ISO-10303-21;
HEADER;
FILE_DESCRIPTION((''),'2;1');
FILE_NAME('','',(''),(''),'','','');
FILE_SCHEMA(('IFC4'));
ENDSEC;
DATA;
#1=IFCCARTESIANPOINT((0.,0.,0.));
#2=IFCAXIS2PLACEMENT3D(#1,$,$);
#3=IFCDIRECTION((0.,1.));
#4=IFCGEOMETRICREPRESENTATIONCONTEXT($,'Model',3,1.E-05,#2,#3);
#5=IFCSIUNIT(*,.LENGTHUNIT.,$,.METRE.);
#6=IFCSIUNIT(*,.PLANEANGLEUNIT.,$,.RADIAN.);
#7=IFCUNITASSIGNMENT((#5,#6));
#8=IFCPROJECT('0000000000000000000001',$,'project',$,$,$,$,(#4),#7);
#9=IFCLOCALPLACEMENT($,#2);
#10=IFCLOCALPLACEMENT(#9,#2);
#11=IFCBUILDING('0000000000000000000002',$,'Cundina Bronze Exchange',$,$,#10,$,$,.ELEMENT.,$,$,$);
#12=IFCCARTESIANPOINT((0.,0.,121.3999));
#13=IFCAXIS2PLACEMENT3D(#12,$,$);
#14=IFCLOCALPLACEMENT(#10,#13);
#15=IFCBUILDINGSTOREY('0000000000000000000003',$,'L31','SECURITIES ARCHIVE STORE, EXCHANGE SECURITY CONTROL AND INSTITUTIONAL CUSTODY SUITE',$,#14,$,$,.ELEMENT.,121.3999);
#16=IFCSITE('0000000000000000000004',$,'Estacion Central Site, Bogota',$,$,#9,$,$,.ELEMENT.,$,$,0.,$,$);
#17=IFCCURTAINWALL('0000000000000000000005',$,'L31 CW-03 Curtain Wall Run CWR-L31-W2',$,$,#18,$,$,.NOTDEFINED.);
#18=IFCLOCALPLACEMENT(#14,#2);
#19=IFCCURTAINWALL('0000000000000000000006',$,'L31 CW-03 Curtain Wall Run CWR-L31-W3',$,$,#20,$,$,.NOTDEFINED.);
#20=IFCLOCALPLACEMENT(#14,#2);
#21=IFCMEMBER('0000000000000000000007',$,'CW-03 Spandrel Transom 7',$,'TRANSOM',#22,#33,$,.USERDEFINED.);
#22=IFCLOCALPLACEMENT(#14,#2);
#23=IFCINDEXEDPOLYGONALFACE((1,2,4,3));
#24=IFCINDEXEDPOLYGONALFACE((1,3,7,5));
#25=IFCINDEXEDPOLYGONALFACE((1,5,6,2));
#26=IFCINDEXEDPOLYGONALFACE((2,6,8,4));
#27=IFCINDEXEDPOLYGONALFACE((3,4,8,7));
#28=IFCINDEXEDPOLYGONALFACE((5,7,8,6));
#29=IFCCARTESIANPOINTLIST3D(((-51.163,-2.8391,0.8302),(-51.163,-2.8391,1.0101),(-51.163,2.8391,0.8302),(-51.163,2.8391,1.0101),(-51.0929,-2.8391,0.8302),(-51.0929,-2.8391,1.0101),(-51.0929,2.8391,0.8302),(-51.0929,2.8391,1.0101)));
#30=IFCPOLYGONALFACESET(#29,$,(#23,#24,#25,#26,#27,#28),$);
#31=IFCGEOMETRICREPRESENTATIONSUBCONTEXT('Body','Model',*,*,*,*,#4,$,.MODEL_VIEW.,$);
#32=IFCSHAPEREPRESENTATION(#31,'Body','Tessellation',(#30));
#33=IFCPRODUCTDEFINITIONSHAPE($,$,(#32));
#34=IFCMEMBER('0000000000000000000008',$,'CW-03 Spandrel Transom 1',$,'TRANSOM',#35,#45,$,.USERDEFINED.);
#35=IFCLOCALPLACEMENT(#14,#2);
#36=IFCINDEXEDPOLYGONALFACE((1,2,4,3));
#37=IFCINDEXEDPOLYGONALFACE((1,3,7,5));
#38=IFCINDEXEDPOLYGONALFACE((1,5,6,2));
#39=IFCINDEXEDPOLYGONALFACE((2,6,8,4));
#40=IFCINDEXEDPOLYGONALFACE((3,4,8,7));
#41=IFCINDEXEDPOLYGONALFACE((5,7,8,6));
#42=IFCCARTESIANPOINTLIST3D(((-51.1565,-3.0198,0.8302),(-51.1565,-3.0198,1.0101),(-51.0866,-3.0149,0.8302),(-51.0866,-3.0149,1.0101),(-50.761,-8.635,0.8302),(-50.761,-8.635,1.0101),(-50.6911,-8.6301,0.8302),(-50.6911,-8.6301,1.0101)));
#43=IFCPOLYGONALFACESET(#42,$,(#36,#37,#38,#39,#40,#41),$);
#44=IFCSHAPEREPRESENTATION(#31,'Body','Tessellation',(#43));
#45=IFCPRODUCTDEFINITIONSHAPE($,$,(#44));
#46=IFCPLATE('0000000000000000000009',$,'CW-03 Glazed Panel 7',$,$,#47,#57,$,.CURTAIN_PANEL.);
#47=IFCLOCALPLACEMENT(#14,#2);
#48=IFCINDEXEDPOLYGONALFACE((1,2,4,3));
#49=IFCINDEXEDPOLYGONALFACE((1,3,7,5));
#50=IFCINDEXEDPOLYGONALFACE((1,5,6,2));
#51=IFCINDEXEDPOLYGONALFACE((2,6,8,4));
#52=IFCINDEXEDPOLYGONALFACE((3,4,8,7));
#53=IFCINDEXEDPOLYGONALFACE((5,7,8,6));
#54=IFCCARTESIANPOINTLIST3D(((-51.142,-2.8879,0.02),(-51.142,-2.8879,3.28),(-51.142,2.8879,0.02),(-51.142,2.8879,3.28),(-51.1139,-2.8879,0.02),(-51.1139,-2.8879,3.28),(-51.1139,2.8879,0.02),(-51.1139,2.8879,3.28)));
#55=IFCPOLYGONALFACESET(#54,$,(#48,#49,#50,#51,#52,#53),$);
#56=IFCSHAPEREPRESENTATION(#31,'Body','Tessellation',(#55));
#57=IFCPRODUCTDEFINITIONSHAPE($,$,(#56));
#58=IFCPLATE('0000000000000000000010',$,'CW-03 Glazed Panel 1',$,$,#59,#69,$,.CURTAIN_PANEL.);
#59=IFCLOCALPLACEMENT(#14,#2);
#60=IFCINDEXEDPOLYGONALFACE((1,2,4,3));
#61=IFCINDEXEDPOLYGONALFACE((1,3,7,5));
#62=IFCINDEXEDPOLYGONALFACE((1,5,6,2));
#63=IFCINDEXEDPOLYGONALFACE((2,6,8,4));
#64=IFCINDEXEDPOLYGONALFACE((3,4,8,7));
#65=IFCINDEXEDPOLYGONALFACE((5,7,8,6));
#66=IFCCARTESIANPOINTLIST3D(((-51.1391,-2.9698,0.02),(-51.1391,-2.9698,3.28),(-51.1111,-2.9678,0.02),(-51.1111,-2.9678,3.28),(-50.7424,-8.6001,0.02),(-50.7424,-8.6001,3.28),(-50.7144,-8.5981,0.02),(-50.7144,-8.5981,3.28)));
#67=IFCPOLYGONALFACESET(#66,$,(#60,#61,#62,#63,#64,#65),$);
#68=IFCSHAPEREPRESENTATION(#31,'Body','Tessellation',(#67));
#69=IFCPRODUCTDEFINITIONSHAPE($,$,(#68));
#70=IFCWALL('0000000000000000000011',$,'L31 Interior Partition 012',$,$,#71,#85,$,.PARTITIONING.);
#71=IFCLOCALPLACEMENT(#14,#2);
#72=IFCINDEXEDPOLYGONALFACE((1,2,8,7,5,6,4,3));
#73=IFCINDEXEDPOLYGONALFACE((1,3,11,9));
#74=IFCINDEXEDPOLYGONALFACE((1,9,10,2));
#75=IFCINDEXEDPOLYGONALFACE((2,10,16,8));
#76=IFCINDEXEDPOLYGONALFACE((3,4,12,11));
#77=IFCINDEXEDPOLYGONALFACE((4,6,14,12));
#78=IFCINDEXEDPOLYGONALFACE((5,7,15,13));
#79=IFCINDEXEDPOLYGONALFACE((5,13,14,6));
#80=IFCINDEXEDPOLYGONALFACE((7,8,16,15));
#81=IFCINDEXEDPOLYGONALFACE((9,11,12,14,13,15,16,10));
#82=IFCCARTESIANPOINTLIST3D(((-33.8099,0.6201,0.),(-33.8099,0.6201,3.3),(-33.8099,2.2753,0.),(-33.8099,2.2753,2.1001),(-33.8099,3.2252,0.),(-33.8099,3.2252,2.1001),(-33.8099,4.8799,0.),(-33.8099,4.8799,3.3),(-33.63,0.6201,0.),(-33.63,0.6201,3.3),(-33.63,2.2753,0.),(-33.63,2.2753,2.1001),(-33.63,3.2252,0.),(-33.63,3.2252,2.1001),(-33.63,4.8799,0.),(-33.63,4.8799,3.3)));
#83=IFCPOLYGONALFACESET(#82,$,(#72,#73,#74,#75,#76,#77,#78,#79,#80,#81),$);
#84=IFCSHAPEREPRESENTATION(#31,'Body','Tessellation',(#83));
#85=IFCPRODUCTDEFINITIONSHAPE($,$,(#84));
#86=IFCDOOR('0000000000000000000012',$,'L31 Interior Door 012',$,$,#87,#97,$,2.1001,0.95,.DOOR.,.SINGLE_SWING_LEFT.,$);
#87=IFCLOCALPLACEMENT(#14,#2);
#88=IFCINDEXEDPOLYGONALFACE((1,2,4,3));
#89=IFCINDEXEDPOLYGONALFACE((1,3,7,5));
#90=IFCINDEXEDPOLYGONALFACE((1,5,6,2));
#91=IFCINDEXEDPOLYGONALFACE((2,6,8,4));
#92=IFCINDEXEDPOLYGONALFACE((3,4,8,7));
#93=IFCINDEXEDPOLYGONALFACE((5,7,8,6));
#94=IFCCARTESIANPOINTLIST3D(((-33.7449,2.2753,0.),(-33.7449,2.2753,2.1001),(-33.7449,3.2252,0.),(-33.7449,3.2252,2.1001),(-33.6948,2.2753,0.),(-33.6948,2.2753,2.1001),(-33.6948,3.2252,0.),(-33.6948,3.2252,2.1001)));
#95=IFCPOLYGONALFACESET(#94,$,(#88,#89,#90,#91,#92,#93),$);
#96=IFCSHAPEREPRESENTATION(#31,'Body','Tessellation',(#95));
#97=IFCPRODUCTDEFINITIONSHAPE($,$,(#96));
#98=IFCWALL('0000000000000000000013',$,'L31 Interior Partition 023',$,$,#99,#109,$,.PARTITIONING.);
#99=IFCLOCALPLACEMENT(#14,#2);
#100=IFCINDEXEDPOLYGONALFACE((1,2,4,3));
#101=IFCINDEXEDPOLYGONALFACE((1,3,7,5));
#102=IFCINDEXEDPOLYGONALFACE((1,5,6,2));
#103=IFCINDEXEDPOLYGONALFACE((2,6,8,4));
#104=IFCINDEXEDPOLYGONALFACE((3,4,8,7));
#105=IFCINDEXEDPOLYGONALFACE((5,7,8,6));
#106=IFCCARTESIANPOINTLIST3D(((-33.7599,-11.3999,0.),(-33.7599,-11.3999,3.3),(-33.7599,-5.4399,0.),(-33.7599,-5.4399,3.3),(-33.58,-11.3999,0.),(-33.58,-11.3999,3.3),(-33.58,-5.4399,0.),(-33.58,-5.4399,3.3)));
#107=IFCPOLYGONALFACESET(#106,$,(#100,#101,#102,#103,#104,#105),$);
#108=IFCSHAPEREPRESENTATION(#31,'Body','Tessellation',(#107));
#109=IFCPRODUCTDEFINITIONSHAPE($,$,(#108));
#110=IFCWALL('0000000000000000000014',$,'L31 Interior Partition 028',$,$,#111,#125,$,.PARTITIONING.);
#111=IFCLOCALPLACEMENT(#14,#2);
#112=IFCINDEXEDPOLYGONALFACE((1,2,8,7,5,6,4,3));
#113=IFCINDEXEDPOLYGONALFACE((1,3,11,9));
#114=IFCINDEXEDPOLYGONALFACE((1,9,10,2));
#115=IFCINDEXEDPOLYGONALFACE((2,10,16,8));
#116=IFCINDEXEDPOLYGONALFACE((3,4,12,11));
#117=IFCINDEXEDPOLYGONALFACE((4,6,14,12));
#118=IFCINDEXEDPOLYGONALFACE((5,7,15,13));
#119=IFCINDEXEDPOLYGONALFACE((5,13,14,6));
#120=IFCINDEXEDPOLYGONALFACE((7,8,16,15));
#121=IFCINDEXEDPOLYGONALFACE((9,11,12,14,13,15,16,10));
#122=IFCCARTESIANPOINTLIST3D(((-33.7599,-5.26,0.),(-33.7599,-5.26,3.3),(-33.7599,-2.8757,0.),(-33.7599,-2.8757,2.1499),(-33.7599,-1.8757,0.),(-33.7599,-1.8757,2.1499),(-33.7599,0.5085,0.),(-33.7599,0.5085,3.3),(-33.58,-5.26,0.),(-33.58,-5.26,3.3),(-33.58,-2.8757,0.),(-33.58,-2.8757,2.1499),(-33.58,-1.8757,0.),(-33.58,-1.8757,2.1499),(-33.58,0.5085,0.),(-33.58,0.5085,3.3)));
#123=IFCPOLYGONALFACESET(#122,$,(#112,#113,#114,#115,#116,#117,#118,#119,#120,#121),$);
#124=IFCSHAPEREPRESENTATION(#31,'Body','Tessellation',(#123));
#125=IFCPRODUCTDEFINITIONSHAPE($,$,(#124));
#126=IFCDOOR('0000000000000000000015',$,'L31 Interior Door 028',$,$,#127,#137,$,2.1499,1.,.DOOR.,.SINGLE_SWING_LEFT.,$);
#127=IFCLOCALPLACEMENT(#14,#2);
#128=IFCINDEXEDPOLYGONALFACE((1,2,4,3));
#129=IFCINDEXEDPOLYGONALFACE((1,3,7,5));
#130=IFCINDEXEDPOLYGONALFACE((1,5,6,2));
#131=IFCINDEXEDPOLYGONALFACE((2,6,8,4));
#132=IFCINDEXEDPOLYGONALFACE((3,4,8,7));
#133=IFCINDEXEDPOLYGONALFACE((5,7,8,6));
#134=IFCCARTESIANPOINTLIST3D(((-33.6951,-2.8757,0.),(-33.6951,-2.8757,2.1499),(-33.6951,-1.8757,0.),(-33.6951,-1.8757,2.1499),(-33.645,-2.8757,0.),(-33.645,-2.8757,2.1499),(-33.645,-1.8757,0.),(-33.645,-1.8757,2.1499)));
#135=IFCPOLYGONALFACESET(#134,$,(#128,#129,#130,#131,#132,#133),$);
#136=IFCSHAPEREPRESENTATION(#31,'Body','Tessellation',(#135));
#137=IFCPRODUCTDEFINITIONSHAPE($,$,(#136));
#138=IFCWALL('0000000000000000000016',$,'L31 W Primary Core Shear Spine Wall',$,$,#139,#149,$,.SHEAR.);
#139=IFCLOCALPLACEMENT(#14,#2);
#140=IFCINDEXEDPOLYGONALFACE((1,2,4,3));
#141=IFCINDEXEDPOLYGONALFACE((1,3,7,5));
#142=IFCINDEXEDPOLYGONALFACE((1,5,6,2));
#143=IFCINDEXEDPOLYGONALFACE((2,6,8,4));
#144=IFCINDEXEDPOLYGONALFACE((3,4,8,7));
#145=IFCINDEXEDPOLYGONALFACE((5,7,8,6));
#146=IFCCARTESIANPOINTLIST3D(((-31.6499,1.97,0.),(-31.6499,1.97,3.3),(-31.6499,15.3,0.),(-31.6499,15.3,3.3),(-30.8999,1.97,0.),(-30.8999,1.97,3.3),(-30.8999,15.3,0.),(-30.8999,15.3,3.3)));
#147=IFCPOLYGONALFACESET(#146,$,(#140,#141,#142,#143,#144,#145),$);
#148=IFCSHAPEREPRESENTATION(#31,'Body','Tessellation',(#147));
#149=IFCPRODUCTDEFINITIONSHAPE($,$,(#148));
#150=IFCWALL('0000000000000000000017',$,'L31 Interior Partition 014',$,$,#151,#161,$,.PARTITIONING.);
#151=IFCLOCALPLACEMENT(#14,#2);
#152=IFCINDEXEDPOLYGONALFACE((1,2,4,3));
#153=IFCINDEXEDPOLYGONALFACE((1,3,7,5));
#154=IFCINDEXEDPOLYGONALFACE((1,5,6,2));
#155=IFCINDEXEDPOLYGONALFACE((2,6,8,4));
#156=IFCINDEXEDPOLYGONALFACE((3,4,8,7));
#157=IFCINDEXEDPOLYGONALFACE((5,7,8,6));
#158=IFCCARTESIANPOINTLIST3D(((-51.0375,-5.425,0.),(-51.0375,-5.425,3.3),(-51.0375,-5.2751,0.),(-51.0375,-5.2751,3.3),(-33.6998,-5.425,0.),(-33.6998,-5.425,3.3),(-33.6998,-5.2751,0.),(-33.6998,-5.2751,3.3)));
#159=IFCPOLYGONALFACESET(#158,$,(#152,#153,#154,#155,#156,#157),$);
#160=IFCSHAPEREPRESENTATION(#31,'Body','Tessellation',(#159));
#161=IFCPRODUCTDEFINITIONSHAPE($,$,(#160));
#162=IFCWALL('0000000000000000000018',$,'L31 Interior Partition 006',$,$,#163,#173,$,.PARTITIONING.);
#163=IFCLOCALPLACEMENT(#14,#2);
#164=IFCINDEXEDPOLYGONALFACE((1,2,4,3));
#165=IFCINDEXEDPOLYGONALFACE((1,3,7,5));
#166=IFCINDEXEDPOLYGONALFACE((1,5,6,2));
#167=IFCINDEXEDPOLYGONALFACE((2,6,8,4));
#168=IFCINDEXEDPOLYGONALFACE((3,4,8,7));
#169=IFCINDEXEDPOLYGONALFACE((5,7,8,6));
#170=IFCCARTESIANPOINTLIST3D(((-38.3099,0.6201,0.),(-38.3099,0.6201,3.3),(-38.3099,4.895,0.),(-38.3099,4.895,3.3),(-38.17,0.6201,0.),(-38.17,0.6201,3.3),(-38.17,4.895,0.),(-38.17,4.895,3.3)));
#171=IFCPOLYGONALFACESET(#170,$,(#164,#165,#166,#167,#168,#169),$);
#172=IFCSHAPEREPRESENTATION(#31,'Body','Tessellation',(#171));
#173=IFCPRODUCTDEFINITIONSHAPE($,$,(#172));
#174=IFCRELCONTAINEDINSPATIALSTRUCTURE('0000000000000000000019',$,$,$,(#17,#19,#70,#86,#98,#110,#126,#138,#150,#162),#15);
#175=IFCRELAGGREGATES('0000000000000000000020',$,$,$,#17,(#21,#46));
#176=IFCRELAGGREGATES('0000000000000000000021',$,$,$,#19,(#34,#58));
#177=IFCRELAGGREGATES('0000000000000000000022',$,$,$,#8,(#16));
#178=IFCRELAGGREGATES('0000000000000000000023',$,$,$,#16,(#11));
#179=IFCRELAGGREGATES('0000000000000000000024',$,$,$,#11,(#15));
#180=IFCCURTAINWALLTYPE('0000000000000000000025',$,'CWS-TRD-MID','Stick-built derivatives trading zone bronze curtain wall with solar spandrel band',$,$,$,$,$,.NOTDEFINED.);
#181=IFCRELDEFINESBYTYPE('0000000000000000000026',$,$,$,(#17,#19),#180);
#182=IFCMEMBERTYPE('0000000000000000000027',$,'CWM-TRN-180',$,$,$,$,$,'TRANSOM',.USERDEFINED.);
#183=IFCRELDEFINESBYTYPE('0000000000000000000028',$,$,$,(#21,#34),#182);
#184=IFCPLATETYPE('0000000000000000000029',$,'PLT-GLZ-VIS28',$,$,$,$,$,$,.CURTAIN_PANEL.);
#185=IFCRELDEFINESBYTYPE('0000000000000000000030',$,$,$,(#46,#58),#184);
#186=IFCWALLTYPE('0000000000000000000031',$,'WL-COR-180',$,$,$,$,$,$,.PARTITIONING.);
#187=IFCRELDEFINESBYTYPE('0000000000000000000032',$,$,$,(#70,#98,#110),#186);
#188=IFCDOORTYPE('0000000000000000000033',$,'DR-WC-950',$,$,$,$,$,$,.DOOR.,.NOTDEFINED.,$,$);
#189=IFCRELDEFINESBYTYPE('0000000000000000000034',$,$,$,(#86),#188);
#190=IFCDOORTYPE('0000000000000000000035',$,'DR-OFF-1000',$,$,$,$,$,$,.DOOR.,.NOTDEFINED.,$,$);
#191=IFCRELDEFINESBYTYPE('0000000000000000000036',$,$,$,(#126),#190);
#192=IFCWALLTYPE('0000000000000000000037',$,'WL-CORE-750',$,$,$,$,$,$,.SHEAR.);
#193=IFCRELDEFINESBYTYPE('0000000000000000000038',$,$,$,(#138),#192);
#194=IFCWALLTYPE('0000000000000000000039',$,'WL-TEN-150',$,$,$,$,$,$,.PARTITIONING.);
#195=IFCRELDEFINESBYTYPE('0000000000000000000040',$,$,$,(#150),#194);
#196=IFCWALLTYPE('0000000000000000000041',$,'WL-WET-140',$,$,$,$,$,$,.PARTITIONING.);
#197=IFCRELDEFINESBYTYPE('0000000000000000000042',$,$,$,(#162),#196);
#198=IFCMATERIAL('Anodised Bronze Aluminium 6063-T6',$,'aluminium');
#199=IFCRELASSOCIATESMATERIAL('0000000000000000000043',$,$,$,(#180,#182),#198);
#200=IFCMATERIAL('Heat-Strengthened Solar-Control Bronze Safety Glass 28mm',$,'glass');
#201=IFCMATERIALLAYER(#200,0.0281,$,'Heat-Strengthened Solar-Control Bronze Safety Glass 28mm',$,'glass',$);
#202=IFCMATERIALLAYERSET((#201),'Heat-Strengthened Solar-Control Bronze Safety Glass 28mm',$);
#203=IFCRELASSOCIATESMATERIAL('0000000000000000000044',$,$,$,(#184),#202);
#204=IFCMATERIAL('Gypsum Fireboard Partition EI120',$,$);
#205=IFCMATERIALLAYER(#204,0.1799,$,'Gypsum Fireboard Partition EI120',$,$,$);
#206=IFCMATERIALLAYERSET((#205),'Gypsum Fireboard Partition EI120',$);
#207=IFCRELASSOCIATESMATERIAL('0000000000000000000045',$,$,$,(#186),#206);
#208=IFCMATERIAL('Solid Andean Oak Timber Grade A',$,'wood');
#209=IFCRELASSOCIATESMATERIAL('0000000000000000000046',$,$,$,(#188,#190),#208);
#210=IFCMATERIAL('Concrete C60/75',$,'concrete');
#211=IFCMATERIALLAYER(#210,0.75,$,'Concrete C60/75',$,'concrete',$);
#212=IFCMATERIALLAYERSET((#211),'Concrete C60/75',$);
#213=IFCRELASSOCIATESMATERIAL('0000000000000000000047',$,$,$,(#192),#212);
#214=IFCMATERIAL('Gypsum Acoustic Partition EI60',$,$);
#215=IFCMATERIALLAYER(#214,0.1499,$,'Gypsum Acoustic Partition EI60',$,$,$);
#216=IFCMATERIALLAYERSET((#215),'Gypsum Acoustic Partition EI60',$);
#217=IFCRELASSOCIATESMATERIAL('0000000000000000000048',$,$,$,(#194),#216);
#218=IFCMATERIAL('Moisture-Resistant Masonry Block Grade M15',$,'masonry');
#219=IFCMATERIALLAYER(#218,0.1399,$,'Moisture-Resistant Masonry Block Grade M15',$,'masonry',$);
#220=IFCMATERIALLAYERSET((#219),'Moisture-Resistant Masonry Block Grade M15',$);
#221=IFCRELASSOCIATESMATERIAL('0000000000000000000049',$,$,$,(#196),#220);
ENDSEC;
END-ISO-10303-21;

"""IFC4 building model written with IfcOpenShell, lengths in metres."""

from ifc_helpers import new_model, si_unit, direction, frame, frame_2d, origin, origin_2d, place, context, subcontext, project, spatial, rectangle, extrude, material, layer, layer_set, material_profile, profile_set, type_object, element, fill, aggregate, save


model = new_model("IFC4")

# Units and contexts
model_context = context("Model", 3, precision=1e-05, world=origin(), true_north=direction((0.0, 1.0)))
body_context = subcontext(model_context, "Body", "Model", "MODEL_VIEW")
ifc_project = project(units=[si_unit("LENGTHUNIT", "METRE"), si_unit("PLANEANGLEUNIT", "RADIAN")], contexts=[model_context])

# Site, building, storey
site_placement = place(None, origin())
site = spatial("IfcSite", under=ifc_project, at=site_placement, Name="Estacion Central Site, Bogota", CompositionType="ELEMENT", RefElevation=0.0)
building_placement = place(site_placement, origin())
building = spatial("IfcBuilding", under=site, at=building_placement, Name="Cundina Bronze Exchange", CompositionType="ELEMENT")
storey_placement = place(building_placement, frame((0.0, 0.0, 121.3999)))
storey = spatial("IfcBuildingStorey", under=building, at=storey_placement, Name="L31", Description="SECURITIES ARCHIVE STORE, EXCHANGE SECURITY CONTROL AND INSTITUTIONAL CUSTODY SUITE", CompositionType="ELEMENT", Elevation=121.3999)

# Shared definitions
ifc_material_1 = material(Name="Concrete C60/75", Category="concrete")

# Curtain walls
ifc_material_2 = material(Name="Anodised Bronze Aluminium 6063-T6", Category="aluminium")
curtain_wall_type = type_object("IfcCurtainWallType", Name="CWS-TRD-MID", Description="Stick-built derivatives trading zone bronze curtain wall with solar spandrel band", PredefinedType="NOTDEFINED", material=ifc_material_2)
curtain_wall_1_placement = place(storey_placement, origin())
curtain_wall_1 = element("IfcCurtainWall", 1, at=curtain_wall_1_placement, inside=storey, type_object=curtain_wall_type, Name="L31 CW-03 Curtain Wall Run CWR-L31-W2", PredefinedType="NOTDEFINED")
curtain_wall_2_placement = place(storey_placement, origin())
curtain_wall_2 = element("IfcCurtainWall", 2, at=curtain_wall_2_placement, inside=storey, type_object=curtain_wall_type, Name="L31 CW-03 Curtain Wall Run CWR-L31-W3", PredefinedType="NOTDEFINED")

# Members
ifc_material_profile_1 = material_profile(ifc_material_2, rectangle(XDim=0.0701, YDim=0.1799, at=origin_2d()), Name="AL70X180", Category="aluminium")
ifc_profile_set_1 = profile_set([ifc_material_profile_1], Name="Anodised Bronze Aluminium 6063-T6")
member_type_1 = type_object("IfcMemberType", Name="CWM-TRN-180", ElementType="TRANSOM", PredefinedType="USERDEFINED", material=ifc_profile_set_1)
member_1_placement = place(storey_placement, frame((-51.1279, 2.8391, 0.9202), z_axis=(0.0, -1.0, 0.0), x_axis=(1.0, 0.0, 0.0)))
member_1 = element("IfcMember", 3, at=member_1_placement, type_object=member_type_1, Name="CW-03 Spandrel Transom 7", ObjectType="TRANSOM", PredefinedType="USERDEFINED", context=body_context, shape_type="SweptSolid", body=[
    extrude(rectangle(XDim=0.0701, YDim=0.1799, at=origin_2d()), origin(), (0.0, 0.0, 1.0), 5.6782),
])
member_2_placement = place(storey_placement, frame((-51.1216, -3.0173, 0.9202), z_axis=(0.070261, -0.997529, 0.0), x_axis=(0.997529, 0.070261, 0.0)))
member_2 = element("IfcMember", 4, at=member_2_placement, type_object=member_type_1, Name="CW-03 Spandrel Transom 1", ObjectType="TRANSOM", PredefinedType="USERDEFINED", context=body_context, shape_type="SweptSolid", body=[
    extrude(rectangle(XDim=0.0701, YDim=0.1799, at=origin_2d()), origin(), (0.0, 0.0, 1.0), 5.6292),
])

# Plates
ifc_material_3 = material(Name="Heat-Strengthened Solar-Control Bronze Safety Glass 28mm", Category="glass")
ifc_layer_1 = layer(ifc_material_3, 0.0281, Name="Heat-Strengthened Solar-Control Bronze Safety Glass 28mm", Category="glass")
ifc_layer_set_1 = layer_set([ifc_layer_1], Name="Heat-Strengthened Solar-Control Bronze Safety Glass 28mm")
plate_type = type_object("IfcPlateType", Name="PLT-GLZ-VIS28", PredefinedType="CURTAIN_PANEL", material=ifc_layer_set_1)
plate_1_placement = place(storey_placement, frame((-51.1279, 0.0, 0.02), z_axis=(0.0, 0.0, 1.0), x_axis=(0.0, -1.0, 0.0)))
plate_1 = element("IfcPlate", 5, at=plate_1_placement, type_object=plate_type, Name="CW-03 Glazed Panel 7", PredefinedType="CURTAIN_PANEL", context=body_context, shape_type="SweptSolid", body=[
    extrude(rectangle(XDim=5.7759, YDim=0.0281, at=origin_2d()), origin(), (0.0, 0.0, 1.0), 3.26),
])
aggregate(curtain_wall_1, [member_1, plate_1])
plate_2_placement = place(storey_placement, frame((-50.9268, -5.7839, 0.02), z_axis=(0.0, 0.0, 1.0), x_axis=(0.070279, -0.997527, 0.0)))
plate_2 = element("IfcPlate", 6, at=plate_2_placement, type_object=plate_type, Name="CW-03 Glazed Panel 1", PredefinedType="CURTAIN_PANEL", context=body_context, shape_type="SweptSolid", body=[
    extrude(rectangle(XDim=5.6443, YDim=0.0281, at=origin_2d()), origin(), (0.0, 0.0, 1.0), 3.26),
])
aggregate(curtain_wall_2, [member_2, plate_2])

# Wall, opening, door
ifc_material_4 = material(Name="Gypsum Fireboard Partition EI120")
ifc_layer_2 = layer(ifc_material_4, 0.1799, Name="Gypsum Fireboard Partition EI120")
ifc_layer_set_2 = layer_set([ifc_layer_2], Name="Gypsum Fireboard Partition EI120")
wall_type_1 = type_object("IfcWallType", Name="WL-COR-180", PredefinedType="PARTITIONING", material=ifc_layer_set_2)
wall_1_placement = place(storey_placement, frame((-33.72, 0.6201, 0.0), z_axis=(0.0, 0.0, 1.0), x_axis=(0.0, 1.0, 0.0)))
wall_1 = element("IfcWall", 7, at=wall_1_placement, inside=storey, type_object=wall_type_1, Name="L31 Interior Partition 012", PredefinedType="PARTITIONING", context=body_context, shape_type="SweptSolid", body=[
    extrude(rectangle(XDim=4.2598, YDim=0.1799, at=frame_2d((2.1299, 0.0))), origin(), (0.0, 0.0, 1.0), 3.3),
])
opening_1_placement = place(wall_1_placement, frame((1.655, 0.0, 0.0)))
opening_1 = element("IfcOpeningElement", 8, at=opening_1_placement, cuts=wall_1, PredefinedType="OPENING", context=body_context, shape_type="SweptSolid", body=[
    extrude(rectangle(XDim=0.95, YDim=2.1001, at=frame_2d((0.4751, 1.05))), frame((0.0, 0.0999, 0.0), z_axis=(0.0, -1.0, 0.0), x_axis=(1.0, 0.0, 0.0)), (0.0, 0.0, 1.0), 0.2),
])
ifc_material_5 = material(Name="Solid Andean Oak Timber Grade A", Category="wood")
door_type_1 = type_object("IfcDoorType", Name="DR-WC-950", OperationType="NOTDEFINED", PredefinedType="DOOR", material=ifc_material_5)
door_1_placement = place(opening_1_placement, origin())
door_1 = element("IfcDoor", 9, at=door_1_placement, inside=storey, type_object=door_type_1, Name="L31 Interior Door 012", OperationType="SINGLE_SWING_LEFT", OverallHeight=2.1001, OverallWidth=0.95, PredefinedType="DOOR", context=body_context, shape_type="SweptSolid", body=[
    extrude(rectangle(XDim=0.95, YDim=2.1001, at=frame_2d((0.4751, 1.05))), frame((0.0, 0.0249, 0.0), z_axis=(0.0, -1.0, 0.0), x_axis=(1.0, 0.0, 0.0)), (0.0, 0.0, 1.0), 0.05),
])
fill(opening_1, door_1)

# Wall
wall_2_placement = place(storey_placement, frame((-33.6699, -5.4399, 0.0), z_axis=(0.0, 0.0, 1.0), x_axis=(0.0, -1.0, 0.0)))
element("IfcWall", 10, at=wall_2_placement, inside=storey, type_object=wall_type_1, Name="L31 Interior Partition 023", PredefinedType="PARTITIONING", context=body_context, shape_type="SweptSolid", body=[
    extrude(rectangle(XDim=5.96, YDim=0.1799, at=frame_2d((2.98, 0.0))), origin(), (0.0, 0.0, 1.0), 3.3),
])

# Wall, opening, door
wall_3_placement = place(storey_placement, frame((-33.6699, 0.5085, 0.0), z_axis=(0.0, 0.0, 1.0), x_axis=(0.0, -1.0, 0.0)))
wall_3 = element("IfcWall", 11, at=wall_3_placement, inside=storey, type_object=wall_type_1, Name="L31 Interior Partition 028", PredefinedType="PARTITIONING", context=body_context, shape_type="SweptSolid", body=[
    extrude(rectangle(XDim=5.7686, YDim=0.1799, at=frame_2d((2.8843, 0.0))), origin(), (0.0, 0.0, 1.0), 3.3),
])
opening_2_placement = place(wall_3_placement, frame((2.3843, 0.0, 0.0)))
opening_2 = element("IfcOpeningElement", 12, at=opening_2_placement, cuts=wall_3, PredefinedType="OPENING", context=body_context, shape_type="SweptSolid", body=[
    extrude(rectangle(XDim=1.0, YDim=2.1499, at=frame_2d((0.5, 1.075))), frame((0.0, 0.0999, 0.0), z_axis=(0.0, -1.0, 0.0), x_axis=(1.0, 0.0, 0.0)), (0.0, 0.0, 1.0), 0.2),
])
door_type_2 = type_object("IfcDoorType", Name="DR-OFF-1000", OperationType="NOTDEFINED", PredefinedType="DOOR", material=ifc_material_5)
door_2_placement = place(opening_2_placement, origin())
door_2 = element("IfcDoor", 13, at=door_2_placement, inside=storey, type_object=door_type_2, Name="L31 Interior Door 028", OperationType="SINGLE_SWING_LEFT", OverallHeight=2.1499, OverallWidth=1.0, PredefinedType="DOOR", context=body_context, shape_type="SweptSolid", body=[
    extrude(rectangle(XDim=1.0, YDim=2.1499, at=frame_2d((0.5, 1.075))), frame((0.0, 0.0249, 0.0), z_axis=(0.0, -1.0, 0.0), x_axis=(1.0, 0.0, 0.0)), (0.0, 0.0, 1.0), 0.05),
])
fill(opening_2, door_2)

# Walls
ifc_layer_3 = layer(ifc_material_1, 0.75, Name="Concrete C60/75", Category="concrete")
ifc_layer_set_3 = layer_set([ifc_layer_3], Name="Concrete C60/75")
wall_type_2 = type_object("IfcWallType", Name="WL-CORE-750", PredefinedType="SHEAR", material=ifc_layer_set_3)
wall_4_placement = place(storey_placement, frame((-31.2749, 1.97, 0.0), z_axis=(0.0, 0.0, 1.0), x_axis=(0.0, 1.0, 0.0)))
element("IfcWall", 14, at=wall_4_placement, inside=storey, type_object=wall_type_2, Name="L31 W Primary Core Shear Spine Wall", PredefinedType="SHEAR", context=body_context, shape_type="SweptSolid", body=[
    extrude(rectangle(XDim=13.3301, YDim=0.75, at=frame_2d((6.665, 0.0))), origin(), (0.0, 0.0, 1.0), 3.3),
])
ifc_material_6 = material(Name="Gypsum Acoustic Partition EI60")
ifc_layer_4 = layer(ifc_material_6, 0.1499, Name="Gypsum Acoustic Partition EI60")
ifc_layer_set_4 = layer_set([ifc_layer_4], Name="Gypsum Acoustic Partition EI60")
wall_type_3 = type_object("IfcWallType", Name="WL-TEN-150", PredefinedType="PARTITIONING", material=ifc_layer_set_4)
wall_5_placement = place(storey_placement, frame((-51.0376, -5.3501, 0.0), z_axis=(0.0, 0.0, 1.0), x_axis=(1.0, 0.0, 0.0)))
element("IfcWall", 15, at=wall_5_placement, inside=storey, type_object=wall_type_3, Name="L31 Interior Partition 014", PredefinedType="PARTITIONING", context=body_context, shape_type="SweptSolid", body=[
    extrude(rectangle(XDim=17.3376, YDim=0.1499, at=frame_2d((8.6689, 0.0))), origin(), (0.0, 0.0, 1.0), 3.3),
])
ifc_material_7 = material(Name="Moisture-Resistant Masonry Block Grade M15", Category="masonry")
ifc_layer_5 = layer(ifc_material_7, 0.1399, Name="Moisture-Resistant Masonry Block Grade M15", Category="masonry")
ifc_layer_set_5 = layer_set([ifc_layer_5], Name="Moisture-Resistant Masonry Block Grade M15")
wall_type_4 = type_object("IfcWallType", Name="WL-WET-140", PredefinedType="PARTITIONING", material=ifc_layer_set_5)
wall_6_placement = place(storey_placement, frame((-38.24, 0.6201, 0.0), z_axis=(0.0, 0.0, 1.0), x_axis=(0.0, 1.0, 0.0)))
element("IfcWall", 16, at=wall_6_placement, inside=storey, type_object=wall_type_4, Name="L31 Interior Partition 006", PredefinedType="PARTITIONING", context=body_context, shape_type="SweptSolid", body=[
    extrude(rectangle(XDim=4.2749, YDim=0.1399, at=frame_2d((2.1375, 0.0))), origin(), (0.0, 0.0, 1.0), 3.3),
])

save(model, "model.ifc")
